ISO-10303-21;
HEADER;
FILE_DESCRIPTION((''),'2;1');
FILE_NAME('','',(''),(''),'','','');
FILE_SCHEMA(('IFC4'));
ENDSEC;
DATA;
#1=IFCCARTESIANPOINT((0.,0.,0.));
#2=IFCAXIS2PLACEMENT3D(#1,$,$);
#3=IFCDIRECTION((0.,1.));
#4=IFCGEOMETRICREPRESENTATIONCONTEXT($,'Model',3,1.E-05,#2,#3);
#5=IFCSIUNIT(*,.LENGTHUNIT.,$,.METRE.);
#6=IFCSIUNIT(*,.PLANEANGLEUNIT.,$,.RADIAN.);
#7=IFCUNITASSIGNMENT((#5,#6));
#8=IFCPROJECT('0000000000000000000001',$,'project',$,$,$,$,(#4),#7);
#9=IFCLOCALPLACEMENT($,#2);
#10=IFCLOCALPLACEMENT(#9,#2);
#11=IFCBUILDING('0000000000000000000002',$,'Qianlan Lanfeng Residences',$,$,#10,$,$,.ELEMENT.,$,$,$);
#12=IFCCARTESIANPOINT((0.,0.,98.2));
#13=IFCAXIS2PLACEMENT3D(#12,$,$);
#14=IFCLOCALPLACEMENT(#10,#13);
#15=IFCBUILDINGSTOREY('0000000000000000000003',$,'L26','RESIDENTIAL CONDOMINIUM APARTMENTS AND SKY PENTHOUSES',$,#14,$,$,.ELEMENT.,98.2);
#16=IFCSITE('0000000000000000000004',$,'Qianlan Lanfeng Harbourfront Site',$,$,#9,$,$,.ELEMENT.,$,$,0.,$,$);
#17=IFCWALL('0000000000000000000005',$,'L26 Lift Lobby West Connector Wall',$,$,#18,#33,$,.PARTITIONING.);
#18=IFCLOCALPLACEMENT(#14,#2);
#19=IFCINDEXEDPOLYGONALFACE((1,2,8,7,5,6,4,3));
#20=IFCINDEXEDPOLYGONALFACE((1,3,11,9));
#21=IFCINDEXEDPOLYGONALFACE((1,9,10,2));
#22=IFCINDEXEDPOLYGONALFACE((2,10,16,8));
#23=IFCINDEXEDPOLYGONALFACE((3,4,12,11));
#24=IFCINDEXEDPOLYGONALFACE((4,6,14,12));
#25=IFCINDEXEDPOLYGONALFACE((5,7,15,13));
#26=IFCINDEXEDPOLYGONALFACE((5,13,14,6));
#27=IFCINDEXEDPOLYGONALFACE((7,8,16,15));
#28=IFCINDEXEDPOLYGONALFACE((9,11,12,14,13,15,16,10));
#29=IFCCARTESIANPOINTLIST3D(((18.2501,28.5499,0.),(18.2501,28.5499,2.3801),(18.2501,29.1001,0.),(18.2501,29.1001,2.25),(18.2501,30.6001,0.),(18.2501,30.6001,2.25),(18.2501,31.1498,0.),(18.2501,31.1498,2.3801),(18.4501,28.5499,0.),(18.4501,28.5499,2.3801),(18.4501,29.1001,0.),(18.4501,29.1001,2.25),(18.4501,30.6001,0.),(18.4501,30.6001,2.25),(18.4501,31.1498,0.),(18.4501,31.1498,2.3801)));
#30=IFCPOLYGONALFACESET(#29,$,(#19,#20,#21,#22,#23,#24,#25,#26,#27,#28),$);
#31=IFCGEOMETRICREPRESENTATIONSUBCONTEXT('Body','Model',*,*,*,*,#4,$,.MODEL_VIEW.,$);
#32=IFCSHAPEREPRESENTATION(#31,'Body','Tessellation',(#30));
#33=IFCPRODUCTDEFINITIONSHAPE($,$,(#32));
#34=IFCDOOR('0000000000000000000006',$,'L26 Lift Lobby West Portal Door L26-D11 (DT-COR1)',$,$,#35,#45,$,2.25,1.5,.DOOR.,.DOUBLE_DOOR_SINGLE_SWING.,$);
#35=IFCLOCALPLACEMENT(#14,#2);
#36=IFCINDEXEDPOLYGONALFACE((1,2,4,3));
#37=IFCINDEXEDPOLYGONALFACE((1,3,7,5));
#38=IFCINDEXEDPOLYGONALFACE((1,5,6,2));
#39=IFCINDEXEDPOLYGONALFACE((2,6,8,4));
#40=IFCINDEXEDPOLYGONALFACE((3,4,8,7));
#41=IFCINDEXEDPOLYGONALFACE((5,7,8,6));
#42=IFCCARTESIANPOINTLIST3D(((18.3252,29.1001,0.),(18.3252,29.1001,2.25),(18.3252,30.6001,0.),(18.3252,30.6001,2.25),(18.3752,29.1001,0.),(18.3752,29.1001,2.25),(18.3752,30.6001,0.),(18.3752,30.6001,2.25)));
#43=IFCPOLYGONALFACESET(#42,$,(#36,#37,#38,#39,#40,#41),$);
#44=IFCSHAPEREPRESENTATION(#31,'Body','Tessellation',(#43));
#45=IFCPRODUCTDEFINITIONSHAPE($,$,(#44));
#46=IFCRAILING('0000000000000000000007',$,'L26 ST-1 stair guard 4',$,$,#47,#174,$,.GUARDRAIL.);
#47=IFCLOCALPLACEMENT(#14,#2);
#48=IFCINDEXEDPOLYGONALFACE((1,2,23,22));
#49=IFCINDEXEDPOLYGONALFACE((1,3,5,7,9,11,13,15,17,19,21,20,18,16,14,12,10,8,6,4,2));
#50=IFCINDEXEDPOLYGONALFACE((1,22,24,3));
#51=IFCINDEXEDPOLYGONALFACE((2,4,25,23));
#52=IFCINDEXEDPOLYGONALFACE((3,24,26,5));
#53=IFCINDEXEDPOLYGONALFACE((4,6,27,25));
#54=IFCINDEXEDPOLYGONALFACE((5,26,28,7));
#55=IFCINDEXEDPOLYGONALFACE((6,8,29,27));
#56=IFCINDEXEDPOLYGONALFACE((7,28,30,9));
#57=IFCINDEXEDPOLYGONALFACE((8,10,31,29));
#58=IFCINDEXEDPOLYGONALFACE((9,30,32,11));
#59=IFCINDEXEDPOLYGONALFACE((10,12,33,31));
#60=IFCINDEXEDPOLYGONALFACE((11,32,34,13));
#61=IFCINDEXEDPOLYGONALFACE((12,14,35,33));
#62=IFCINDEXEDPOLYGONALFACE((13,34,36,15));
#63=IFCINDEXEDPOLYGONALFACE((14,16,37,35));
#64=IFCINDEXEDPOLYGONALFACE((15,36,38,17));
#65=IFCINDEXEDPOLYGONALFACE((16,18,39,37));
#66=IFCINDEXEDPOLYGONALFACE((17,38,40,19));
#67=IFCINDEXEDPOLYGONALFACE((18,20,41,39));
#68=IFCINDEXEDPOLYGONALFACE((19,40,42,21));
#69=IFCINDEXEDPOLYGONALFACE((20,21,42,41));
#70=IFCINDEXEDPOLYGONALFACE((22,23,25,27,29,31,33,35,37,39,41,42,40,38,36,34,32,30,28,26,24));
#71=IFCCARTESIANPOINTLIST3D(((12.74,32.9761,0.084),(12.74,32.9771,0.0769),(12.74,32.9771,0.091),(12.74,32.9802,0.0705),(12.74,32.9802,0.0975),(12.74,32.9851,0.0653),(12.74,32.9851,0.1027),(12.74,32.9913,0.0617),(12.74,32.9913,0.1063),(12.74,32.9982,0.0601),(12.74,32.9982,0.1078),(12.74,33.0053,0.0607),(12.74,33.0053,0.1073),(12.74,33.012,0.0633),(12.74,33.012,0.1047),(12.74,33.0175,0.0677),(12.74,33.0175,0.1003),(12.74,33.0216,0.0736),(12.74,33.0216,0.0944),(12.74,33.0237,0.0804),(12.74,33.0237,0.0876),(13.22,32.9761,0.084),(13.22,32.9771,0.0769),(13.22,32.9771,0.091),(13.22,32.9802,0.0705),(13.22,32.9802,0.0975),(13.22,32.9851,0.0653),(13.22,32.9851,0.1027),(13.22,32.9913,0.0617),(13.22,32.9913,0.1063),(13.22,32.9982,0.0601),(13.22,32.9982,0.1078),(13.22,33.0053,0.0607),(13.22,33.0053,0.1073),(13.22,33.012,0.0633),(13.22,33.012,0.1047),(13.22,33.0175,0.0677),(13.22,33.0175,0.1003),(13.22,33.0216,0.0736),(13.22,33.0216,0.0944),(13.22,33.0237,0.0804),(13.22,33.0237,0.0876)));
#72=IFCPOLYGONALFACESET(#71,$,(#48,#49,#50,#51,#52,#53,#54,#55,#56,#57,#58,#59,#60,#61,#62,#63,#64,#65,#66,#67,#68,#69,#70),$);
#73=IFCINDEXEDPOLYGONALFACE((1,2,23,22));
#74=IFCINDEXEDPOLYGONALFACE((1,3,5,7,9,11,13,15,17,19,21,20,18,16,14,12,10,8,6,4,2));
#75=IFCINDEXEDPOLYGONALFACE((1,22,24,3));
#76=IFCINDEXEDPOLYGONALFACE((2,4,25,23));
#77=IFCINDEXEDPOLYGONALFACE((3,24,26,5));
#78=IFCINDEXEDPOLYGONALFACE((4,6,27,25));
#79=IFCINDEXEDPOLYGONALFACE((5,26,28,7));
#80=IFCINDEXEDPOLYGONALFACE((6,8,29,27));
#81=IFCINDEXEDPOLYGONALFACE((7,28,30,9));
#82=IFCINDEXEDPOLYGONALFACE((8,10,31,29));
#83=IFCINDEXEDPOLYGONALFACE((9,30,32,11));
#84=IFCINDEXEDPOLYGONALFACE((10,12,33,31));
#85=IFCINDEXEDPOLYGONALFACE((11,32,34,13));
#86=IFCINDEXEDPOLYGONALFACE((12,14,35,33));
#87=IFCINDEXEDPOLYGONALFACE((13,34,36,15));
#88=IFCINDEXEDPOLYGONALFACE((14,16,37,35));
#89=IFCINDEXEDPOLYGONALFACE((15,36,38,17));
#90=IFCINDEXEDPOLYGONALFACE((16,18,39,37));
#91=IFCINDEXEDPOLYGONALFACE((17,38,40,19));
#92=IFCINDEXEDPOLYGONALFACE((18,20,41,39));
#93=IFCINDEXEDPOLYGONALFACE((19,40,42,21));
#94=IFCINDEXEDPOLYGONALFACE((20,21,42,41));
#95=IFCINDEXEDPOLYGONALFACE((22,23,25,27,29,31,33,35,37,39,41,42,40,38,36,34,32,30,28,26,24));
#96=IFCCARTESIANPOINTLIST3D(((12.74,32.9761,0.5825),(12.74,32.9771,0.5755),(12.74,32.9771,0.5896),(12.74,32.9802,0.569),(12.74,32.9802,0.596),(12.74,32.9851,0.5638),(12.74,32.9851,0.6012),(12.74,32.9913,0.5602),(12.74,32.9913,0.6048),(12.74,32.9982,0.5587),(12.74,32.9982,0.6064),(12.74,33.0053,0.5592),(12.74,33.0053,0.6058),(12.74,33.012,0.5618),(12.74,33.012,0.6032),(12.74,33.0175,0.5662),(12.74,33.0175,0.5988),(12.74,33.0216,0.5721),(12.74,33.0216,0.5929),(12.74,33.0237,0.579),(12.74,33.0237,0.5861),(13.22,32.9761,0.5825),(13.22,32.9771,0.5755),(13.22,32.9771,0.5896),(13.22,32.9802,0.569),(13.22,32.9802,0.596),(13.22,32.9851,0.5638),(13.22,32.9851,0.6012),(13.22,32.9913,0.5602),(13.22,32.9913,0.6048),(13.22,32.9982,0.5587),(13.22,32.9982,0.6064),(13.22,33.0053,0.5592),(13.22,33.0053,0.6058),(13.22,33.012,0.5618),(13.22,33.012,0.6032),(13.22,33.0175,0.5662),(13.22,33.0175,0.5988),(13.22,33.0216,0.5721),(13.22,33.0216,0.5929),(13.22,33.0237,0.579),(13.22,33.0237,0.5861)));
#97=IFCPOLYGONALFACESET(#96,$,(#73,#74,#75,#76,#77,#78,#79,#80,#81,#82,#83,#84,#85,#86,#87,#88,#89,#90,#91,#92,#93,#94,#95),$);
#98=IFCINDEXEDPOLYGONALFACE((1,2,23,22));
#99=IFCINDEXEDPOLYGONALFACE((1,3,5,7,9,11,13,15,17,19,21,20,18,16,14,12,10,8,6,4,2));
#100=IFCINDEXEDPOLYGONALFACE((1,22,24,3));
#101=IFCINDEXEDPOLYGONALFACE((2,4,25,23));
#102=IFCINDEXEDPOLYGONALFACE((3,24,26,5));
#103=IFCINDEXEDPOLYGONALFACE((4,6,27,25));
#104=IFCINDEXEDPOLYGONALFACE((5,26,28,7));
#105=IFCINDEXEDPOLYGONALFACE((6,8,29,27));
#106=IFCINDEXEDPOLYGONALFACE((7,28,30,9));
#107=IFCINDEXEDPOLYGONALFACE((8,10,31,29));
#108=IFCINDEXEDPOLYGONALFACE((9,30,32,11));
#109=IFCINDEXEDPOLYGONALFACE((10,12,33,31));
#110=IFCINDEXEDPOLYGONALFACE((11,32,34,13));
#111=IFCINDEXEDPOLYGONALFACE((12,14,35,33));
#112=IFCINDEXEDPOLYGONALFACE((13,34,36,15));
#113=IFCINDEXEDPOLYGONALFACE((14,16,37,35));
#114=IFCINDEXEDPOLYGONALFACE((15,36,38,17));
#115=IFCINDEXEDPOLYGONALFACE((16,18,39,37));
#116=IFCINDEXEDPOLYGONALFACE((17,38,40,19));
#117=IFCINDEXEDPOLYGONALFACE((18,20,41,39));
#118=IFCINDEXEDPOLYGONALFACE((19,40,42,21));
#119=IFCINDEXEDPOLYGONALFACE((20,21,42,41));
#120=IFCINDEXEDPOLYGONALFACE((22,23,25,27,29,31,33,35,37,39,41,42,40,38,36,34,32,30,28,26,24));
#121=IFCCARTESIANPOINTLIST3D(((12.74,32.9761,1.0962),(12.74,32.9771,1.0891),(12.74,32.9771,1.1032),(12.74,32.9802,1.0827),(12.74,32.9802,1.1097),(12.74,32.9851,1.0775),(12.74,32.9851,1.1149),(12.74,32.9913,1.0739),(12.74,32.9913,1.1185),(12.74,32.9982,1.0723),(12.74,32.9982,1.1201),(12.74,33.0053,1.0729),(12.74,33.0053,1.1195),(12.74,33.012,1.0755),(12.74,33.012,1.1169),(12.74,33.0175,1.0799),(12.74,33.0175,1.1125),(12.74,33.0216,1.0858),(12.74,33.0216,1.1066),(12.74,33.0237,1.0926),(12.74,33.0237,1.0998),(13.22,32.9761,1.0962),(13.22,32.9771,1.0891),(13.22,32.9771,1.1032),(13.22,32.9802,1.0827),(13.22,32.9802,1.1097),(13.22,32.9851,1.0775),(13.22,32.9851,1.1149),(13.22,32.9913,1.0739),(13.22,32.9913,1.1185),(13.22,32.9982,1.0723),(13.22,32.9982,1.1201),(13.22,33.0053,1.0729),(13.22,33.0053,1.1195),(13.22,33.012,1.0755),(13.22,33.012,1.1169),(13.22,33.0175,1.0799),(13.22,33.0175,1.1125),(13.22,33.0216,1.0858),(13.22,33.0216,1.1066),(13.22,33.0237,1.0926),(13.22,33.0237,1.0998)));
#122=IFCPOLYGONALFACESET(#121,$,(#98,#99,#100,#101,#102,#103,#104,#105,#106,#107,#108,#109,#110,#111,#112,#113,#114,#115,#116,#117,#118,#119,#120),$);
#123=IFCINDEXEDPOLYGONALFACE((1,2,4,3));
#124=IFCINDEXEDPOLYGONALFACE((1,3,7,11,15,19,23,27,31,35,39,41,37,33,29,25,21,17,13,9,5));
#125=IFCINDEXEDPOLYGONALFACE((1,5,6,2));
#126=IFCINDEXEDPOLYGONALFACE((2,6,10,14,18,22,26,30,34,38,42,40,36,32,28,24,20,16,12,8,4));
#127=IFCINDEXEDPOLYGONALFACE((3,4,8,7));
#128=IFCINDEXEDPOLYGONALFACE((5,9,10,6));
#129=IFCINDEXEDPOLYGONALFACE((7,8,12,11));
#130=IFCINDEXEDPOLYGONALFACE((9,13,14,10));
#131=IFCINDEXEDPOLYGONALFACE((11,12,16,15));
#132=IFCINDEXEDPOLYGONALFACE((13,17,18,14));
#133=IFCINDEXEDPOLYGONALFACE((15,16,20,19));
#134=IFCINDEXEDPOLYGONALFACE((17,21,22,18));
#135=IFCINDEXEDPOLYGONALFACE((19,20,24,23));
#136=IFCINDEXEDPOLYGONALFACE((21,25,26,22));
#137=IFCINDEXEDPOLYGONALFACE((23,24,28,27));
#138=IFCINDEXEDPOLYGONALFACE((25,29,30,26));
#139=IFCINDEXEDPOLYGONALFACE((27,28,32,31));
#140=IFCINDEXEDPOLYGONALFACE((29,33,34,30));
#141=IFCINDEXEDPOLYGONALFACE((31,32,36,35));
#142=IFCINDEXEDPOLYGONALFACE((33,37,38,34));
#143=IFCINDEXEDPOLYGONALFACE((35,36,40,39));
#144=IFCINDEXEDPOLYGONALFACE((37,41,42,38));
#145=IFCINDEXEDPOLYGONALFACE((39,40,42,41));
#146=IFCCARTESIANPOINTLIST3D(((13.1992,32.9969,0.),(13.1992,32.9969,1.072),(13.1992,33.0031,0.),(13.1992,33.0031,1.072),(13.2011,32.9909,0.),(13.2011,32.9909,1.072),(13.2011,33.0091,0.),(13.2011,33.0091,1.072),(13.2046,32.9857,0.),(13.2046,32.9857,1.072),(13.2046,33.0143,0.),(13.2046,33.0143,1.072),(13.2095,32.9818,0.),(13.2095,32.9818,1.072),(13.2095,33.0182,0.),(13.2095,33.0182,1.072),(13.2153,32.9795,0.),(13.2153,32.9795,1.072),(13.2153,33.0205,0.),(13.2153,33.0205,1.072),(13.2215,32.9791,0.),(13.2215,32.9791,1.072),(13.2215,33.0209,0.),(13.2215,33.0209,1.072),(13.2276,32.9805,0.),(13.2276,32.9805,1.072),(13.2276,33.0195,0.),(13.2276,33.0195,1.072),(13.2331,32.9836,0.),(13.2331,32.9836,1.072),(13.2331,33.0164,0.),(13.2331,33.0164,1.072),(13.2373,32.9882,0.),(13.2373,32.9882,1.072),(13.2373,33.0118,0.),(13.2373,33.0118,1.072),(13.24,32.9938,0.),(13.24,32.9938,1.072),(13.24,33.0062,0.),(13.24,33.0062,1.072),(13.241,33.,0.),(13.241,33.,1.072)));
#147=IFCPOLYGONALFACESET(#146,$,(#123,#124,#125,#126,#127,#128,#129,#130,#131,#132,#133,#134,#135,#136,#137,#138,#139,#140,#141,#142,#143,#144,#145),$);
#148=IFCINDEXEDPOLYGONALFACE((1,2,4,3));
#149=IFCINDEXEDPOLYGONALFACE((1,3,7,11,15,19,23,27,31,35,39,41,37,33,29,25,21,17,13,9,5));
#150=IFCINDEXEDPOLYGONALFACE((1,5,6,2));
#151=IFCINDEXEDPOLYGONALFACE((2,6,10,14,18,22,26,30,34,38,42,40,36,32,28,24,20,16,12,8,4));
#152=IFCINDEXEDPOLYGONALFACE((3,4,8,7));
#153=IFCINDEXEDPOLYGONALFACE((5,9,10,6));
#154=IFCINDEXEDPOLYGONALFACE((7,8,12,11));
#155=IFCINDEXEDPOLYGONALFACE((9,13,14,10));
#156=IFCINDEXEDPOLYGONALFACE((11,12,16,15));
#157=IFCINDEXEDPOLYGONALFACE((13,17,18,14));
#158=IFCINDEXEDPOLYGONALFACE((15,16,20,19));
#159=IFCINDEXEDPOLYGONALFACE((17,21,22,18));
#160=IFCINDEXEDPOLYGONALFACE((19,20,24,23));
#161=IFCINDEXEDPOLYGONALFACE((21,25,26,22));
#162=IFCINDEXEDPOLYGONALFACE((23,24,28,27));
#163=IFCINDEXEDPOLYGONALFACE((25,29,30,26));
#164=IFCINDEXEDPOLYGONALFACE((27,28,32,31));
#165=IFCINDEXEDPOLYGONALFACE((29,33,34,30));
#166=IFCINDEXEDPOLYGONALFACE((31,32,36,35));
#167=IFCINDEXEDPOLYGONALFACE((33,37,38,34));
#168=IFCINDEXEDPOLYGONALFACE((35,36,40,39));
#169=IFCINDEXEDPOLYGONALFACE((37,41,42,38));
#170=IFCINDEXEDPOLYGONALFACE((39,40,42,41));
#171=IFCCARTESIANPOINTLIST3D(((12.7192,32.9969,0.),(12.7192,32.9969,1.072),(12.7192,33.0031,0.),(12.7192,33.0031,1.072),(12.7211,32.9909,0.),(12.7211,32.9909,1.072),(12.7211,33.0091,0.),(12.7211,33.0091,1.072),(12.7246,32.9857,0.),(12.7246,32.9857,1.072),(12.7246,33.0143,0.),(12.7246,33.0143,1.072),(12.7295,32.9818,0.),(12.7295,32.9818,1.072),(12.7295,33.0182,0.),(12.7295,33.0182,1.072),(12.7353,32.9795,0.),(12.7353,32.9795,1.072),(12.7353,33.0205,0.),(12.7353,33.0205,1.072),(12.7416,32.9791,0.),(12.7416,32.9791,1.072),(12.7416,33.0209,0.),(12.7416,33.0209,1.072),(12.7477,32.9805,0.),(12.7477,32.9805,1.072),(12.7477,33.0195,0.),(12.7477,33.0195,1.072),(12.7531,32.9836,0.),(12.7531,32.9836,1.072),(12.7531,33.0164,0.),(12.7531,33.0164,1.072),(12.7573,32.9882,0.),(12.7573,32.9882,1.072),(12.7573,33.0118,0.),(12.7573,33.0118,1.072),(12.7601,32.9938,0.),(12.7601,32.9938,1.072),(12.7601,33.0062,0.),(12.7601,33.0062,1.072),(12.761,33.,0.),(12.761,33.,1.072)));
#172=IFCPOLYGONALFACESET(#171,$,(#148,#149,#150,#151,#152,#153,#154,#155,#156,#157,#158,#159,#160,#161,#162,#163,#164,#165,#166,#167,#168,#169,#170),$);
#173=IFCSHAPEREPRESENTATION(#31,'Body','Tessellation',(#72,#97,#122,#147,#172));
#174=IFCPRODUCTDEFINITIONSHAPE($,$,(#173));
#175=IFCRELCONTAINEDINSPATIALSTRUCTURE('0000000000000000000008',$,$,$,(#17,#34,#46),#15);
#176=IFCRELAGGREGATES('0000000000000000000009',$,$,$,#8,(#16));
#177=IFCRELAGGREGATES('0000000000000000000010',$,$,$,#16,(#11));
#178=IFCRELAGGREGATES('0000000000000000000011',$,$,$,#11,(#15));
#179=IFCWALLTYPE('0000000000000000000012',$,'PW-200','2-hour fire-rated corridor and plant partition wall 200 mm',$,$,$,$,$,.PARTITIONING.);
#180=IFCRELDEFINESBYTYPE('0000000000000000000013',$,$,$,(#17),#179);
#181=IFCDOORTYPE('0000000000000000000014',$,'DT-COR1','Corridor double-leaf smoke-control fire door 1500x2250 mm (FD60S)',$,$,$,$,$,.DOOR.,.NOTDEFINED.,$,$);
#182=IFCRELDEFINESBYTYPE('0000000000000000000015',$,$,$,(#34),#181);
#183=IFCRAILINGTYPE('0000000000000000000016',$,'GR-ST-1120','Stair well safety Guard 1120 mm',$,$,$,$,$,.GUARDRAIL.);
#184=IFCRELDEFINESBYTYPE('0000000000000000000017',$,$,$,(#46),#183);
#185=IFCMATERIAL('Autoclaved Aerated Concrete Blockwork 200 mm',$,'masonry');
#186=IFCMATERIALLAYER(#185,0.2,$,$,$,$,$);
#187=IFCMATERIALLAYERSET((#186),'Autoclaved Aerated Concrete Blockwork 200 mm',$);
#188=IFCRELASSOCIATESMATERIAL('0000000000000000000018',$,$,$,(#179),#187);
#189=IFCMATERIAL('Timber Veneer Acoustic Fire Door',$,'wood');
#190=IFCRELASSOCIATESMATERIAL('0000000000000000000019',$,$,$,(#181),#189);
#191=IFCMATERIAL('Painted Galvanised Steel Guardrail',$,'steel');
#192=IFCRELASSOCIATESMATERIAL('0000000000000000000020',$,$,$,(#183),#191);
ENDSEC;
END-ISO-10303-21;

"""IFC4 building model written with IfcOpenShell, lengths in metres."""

from ifc_helpers import new_model, si_unit, direction, frame, frame_2d, origin, origin_2d, place, context, subcontext, project, spatial, rectangle, circle, extrude, material, layer, layer_set, type_object, element, fill, save


model = new_model("IFC4")

# Units and contexts
model_context = context("Model", 3, precision=1e-05, world=origin(), true_north=direction((0.0, 1.0)))
body_context = subcontext(model_context, "Body", "Model", "MODEL_VIEW")
ifc_project = project(units=[si_unit("LENGTHUNIT", "METRE"), si_unit("PLANEANGLEUNIT", "RADIAN")], contexts=[model_context])

# Site, building, storey
site_placement = place(None, origin())
site = spatial("IfcSite", under=ifc_project, at=site_placement, Name="Qianlan Lanfeng Harbourfront Site", CompositionType="ELEMENT", RefElevation=0.0)
building_placement = place(site_placement, origin())
building = spatial("IfcBuilding", under=site, at=building_placement, Name="Qianlan Lanfeng Residences", CompositionType="ELEMENT")
storey_placement = place(building_placement, frame((0.0, 0.0, 98.2)))
storey = spatial("IfcBuildingStorey", under=building, at=storey_placement, Name="L26", Description="RESIDENTIAL CONDOMINIUM APARTMENTS AND SKY PENTHOUSES", CompositionType="ELEMENT", Elevation=98.2)

# Wall, opening, door
ifc_material_1 = material(Name="Autoclaved Aerated Concrete Blockwork 200 mm", Category="masonry")
ifc_layer_1 = layer(ifc_material_1, 0.2)
ifc_layer_set_1 = layer_set([ifc_layer_1], Name="Autoclaved Aerated Concrete Blockwork 200 mm")
wall_type_1 = type_object("IfcWallType", Name="PW-200", Description="2-hour fire-rated corridor and plant partition wall 200 mm", PredefinedType="PARTITIONING", material=ifc_layer_set_1)
wall_1_placement = place(storey_placement, frame((18.3501, 28.55, 0.0), z_axis=(0.0, 0.0, 1.0), x_axis=(0.0, 1.0, 0.0)))
wall_1 = element("IfcWall", 1, at=wall_1_placement, inside=storey, type_object=wall_type_1, Name="L26 Lift Lobby West Connector Wall", PredefinedType="PARTITIONING", context=body_context, shape_type="SweptSolid", body=[
    extrude(rectangle(XDim=2.5999, YDim=0.2, at=frame_2d((1.2998, 0.0))), origin(), (0.0, 0.0, 1.0), 2.3801),
])
opening_1_placement = place(wall_1_placement, frame((0.55, 0.0, 0.0)))
opening_1 = element("IfcOpeningElement", 2, at=opening_1_placement, cuts=wall_1, PredefinedType="OPENING", context=body_context, shape_type="SweptSolid", body=[
    extrude(rectangle(XDim=1.5, YDim=2.25, at=frame_2d((0.75, 1.125))), frame((0.0, 0.1099, 0.0), z_axis=(0.0, -1.0, 0.0), x_axis=(1.0, 0.0, 0.0)), (0.0, 0.0, 1.0), 0.22),
])
ifc_material_2 = material(Name="Timber Veneer Acoustic Fire Door", Category="wood")
door_type_1 = type_object("IfcDoorType", Name="DT-COR1", Description="Corridor double-leaf smoke-control fire door 1500x2250 mm (FD60S)", OperationType="NOTDEFINED", PredefinedType="DOOR", material=ifc_material_2)
door_1_placement = place(opening_1_placement, origin())
door_1 = element("IfcDoor", 3, at=door_1_placement, inside=storey, type_object=door_type_1, Name="L26 Lift Lobby West Portal Door L26-D11 (DT-COR1)", OperationType="DOUBLE_DOOR_SINGLE_SWING", OverallHeight=2.25, OverallWidth=1.5, PredefinedType="DOOR", context=body_context, shape_type="SweptSolid", body=[
    extrude(rectangle(XDim=1.5, YDim=2.25, at=frame_2d((0.75, 1.125))), frame((0.0, 0.0249, 0.0), z_axis=(0.0, -1.0, 0.0), x_axis=(1.0, 0.0, 0.0)), (0.0, 0.0, 1.0), 0.05),
])
fill(opening_1, door_1)

# Railing
ifc_material_3 = material(Name="Painted Galvanised Steel Guardrail", Category="steel")
railing_type = type_object("IfcRailingType", Name="GR-ST-1120", Description="Stair well safety Guard 1120 mm", PredefinedType="GUARDRAIL", material=ifc_material_3)
railing_placement = place(storey_placement, frame((13.22, 33.0, 0.0)))
element("IfcRailing", 4, at=railing_placement, inside=storey, type_object=railing_type, Name="L26 ST-1 stair guard 4", PredefinedType="GUARDRAIL", context=body_context, shape_type="SweptSolid", body=[
    extrude(circle(Radius=0.0239, at=origin_2d()), frame((0.0, 0.0, 0.084), z_axis=(-1.0, 0.0, 0.0), x_axis=(0.0, -1.0, 0.0)), (0.0, 0.0, 1.0), 0.48),
    extrude(circle(Radius=0.0239, at=origin_2d()), frame((0.0, 0.0, 0.5825), z_axis=(-1.0, 0.0, 0.0), x_axis=(0.0, -1.0, 0.0)), (0.0, 0.0, 1.0), 0.48),
    extrude(circle(Radius=0.0239, at=origin_2d()), frame((0.0, 0.0, 1.0962), z_axis=(-1.0, 0.0, 0.0), x_axis=(0.0, -1.0, 0.0)), (0.0, 0.0, 1.0), 0.48),
    extrude(circle(Radius=0.021, at=origin_2d()), origin(), (0.0, 0.0, 1.0), 1.072),
    extrude(circle(Radius=0.021, at=origin_2d()), frame((-0.48, 0.0, 0.0)), (0.0, 0.0, 1.0), 1.072),
])

save(model, "model.ifc")
